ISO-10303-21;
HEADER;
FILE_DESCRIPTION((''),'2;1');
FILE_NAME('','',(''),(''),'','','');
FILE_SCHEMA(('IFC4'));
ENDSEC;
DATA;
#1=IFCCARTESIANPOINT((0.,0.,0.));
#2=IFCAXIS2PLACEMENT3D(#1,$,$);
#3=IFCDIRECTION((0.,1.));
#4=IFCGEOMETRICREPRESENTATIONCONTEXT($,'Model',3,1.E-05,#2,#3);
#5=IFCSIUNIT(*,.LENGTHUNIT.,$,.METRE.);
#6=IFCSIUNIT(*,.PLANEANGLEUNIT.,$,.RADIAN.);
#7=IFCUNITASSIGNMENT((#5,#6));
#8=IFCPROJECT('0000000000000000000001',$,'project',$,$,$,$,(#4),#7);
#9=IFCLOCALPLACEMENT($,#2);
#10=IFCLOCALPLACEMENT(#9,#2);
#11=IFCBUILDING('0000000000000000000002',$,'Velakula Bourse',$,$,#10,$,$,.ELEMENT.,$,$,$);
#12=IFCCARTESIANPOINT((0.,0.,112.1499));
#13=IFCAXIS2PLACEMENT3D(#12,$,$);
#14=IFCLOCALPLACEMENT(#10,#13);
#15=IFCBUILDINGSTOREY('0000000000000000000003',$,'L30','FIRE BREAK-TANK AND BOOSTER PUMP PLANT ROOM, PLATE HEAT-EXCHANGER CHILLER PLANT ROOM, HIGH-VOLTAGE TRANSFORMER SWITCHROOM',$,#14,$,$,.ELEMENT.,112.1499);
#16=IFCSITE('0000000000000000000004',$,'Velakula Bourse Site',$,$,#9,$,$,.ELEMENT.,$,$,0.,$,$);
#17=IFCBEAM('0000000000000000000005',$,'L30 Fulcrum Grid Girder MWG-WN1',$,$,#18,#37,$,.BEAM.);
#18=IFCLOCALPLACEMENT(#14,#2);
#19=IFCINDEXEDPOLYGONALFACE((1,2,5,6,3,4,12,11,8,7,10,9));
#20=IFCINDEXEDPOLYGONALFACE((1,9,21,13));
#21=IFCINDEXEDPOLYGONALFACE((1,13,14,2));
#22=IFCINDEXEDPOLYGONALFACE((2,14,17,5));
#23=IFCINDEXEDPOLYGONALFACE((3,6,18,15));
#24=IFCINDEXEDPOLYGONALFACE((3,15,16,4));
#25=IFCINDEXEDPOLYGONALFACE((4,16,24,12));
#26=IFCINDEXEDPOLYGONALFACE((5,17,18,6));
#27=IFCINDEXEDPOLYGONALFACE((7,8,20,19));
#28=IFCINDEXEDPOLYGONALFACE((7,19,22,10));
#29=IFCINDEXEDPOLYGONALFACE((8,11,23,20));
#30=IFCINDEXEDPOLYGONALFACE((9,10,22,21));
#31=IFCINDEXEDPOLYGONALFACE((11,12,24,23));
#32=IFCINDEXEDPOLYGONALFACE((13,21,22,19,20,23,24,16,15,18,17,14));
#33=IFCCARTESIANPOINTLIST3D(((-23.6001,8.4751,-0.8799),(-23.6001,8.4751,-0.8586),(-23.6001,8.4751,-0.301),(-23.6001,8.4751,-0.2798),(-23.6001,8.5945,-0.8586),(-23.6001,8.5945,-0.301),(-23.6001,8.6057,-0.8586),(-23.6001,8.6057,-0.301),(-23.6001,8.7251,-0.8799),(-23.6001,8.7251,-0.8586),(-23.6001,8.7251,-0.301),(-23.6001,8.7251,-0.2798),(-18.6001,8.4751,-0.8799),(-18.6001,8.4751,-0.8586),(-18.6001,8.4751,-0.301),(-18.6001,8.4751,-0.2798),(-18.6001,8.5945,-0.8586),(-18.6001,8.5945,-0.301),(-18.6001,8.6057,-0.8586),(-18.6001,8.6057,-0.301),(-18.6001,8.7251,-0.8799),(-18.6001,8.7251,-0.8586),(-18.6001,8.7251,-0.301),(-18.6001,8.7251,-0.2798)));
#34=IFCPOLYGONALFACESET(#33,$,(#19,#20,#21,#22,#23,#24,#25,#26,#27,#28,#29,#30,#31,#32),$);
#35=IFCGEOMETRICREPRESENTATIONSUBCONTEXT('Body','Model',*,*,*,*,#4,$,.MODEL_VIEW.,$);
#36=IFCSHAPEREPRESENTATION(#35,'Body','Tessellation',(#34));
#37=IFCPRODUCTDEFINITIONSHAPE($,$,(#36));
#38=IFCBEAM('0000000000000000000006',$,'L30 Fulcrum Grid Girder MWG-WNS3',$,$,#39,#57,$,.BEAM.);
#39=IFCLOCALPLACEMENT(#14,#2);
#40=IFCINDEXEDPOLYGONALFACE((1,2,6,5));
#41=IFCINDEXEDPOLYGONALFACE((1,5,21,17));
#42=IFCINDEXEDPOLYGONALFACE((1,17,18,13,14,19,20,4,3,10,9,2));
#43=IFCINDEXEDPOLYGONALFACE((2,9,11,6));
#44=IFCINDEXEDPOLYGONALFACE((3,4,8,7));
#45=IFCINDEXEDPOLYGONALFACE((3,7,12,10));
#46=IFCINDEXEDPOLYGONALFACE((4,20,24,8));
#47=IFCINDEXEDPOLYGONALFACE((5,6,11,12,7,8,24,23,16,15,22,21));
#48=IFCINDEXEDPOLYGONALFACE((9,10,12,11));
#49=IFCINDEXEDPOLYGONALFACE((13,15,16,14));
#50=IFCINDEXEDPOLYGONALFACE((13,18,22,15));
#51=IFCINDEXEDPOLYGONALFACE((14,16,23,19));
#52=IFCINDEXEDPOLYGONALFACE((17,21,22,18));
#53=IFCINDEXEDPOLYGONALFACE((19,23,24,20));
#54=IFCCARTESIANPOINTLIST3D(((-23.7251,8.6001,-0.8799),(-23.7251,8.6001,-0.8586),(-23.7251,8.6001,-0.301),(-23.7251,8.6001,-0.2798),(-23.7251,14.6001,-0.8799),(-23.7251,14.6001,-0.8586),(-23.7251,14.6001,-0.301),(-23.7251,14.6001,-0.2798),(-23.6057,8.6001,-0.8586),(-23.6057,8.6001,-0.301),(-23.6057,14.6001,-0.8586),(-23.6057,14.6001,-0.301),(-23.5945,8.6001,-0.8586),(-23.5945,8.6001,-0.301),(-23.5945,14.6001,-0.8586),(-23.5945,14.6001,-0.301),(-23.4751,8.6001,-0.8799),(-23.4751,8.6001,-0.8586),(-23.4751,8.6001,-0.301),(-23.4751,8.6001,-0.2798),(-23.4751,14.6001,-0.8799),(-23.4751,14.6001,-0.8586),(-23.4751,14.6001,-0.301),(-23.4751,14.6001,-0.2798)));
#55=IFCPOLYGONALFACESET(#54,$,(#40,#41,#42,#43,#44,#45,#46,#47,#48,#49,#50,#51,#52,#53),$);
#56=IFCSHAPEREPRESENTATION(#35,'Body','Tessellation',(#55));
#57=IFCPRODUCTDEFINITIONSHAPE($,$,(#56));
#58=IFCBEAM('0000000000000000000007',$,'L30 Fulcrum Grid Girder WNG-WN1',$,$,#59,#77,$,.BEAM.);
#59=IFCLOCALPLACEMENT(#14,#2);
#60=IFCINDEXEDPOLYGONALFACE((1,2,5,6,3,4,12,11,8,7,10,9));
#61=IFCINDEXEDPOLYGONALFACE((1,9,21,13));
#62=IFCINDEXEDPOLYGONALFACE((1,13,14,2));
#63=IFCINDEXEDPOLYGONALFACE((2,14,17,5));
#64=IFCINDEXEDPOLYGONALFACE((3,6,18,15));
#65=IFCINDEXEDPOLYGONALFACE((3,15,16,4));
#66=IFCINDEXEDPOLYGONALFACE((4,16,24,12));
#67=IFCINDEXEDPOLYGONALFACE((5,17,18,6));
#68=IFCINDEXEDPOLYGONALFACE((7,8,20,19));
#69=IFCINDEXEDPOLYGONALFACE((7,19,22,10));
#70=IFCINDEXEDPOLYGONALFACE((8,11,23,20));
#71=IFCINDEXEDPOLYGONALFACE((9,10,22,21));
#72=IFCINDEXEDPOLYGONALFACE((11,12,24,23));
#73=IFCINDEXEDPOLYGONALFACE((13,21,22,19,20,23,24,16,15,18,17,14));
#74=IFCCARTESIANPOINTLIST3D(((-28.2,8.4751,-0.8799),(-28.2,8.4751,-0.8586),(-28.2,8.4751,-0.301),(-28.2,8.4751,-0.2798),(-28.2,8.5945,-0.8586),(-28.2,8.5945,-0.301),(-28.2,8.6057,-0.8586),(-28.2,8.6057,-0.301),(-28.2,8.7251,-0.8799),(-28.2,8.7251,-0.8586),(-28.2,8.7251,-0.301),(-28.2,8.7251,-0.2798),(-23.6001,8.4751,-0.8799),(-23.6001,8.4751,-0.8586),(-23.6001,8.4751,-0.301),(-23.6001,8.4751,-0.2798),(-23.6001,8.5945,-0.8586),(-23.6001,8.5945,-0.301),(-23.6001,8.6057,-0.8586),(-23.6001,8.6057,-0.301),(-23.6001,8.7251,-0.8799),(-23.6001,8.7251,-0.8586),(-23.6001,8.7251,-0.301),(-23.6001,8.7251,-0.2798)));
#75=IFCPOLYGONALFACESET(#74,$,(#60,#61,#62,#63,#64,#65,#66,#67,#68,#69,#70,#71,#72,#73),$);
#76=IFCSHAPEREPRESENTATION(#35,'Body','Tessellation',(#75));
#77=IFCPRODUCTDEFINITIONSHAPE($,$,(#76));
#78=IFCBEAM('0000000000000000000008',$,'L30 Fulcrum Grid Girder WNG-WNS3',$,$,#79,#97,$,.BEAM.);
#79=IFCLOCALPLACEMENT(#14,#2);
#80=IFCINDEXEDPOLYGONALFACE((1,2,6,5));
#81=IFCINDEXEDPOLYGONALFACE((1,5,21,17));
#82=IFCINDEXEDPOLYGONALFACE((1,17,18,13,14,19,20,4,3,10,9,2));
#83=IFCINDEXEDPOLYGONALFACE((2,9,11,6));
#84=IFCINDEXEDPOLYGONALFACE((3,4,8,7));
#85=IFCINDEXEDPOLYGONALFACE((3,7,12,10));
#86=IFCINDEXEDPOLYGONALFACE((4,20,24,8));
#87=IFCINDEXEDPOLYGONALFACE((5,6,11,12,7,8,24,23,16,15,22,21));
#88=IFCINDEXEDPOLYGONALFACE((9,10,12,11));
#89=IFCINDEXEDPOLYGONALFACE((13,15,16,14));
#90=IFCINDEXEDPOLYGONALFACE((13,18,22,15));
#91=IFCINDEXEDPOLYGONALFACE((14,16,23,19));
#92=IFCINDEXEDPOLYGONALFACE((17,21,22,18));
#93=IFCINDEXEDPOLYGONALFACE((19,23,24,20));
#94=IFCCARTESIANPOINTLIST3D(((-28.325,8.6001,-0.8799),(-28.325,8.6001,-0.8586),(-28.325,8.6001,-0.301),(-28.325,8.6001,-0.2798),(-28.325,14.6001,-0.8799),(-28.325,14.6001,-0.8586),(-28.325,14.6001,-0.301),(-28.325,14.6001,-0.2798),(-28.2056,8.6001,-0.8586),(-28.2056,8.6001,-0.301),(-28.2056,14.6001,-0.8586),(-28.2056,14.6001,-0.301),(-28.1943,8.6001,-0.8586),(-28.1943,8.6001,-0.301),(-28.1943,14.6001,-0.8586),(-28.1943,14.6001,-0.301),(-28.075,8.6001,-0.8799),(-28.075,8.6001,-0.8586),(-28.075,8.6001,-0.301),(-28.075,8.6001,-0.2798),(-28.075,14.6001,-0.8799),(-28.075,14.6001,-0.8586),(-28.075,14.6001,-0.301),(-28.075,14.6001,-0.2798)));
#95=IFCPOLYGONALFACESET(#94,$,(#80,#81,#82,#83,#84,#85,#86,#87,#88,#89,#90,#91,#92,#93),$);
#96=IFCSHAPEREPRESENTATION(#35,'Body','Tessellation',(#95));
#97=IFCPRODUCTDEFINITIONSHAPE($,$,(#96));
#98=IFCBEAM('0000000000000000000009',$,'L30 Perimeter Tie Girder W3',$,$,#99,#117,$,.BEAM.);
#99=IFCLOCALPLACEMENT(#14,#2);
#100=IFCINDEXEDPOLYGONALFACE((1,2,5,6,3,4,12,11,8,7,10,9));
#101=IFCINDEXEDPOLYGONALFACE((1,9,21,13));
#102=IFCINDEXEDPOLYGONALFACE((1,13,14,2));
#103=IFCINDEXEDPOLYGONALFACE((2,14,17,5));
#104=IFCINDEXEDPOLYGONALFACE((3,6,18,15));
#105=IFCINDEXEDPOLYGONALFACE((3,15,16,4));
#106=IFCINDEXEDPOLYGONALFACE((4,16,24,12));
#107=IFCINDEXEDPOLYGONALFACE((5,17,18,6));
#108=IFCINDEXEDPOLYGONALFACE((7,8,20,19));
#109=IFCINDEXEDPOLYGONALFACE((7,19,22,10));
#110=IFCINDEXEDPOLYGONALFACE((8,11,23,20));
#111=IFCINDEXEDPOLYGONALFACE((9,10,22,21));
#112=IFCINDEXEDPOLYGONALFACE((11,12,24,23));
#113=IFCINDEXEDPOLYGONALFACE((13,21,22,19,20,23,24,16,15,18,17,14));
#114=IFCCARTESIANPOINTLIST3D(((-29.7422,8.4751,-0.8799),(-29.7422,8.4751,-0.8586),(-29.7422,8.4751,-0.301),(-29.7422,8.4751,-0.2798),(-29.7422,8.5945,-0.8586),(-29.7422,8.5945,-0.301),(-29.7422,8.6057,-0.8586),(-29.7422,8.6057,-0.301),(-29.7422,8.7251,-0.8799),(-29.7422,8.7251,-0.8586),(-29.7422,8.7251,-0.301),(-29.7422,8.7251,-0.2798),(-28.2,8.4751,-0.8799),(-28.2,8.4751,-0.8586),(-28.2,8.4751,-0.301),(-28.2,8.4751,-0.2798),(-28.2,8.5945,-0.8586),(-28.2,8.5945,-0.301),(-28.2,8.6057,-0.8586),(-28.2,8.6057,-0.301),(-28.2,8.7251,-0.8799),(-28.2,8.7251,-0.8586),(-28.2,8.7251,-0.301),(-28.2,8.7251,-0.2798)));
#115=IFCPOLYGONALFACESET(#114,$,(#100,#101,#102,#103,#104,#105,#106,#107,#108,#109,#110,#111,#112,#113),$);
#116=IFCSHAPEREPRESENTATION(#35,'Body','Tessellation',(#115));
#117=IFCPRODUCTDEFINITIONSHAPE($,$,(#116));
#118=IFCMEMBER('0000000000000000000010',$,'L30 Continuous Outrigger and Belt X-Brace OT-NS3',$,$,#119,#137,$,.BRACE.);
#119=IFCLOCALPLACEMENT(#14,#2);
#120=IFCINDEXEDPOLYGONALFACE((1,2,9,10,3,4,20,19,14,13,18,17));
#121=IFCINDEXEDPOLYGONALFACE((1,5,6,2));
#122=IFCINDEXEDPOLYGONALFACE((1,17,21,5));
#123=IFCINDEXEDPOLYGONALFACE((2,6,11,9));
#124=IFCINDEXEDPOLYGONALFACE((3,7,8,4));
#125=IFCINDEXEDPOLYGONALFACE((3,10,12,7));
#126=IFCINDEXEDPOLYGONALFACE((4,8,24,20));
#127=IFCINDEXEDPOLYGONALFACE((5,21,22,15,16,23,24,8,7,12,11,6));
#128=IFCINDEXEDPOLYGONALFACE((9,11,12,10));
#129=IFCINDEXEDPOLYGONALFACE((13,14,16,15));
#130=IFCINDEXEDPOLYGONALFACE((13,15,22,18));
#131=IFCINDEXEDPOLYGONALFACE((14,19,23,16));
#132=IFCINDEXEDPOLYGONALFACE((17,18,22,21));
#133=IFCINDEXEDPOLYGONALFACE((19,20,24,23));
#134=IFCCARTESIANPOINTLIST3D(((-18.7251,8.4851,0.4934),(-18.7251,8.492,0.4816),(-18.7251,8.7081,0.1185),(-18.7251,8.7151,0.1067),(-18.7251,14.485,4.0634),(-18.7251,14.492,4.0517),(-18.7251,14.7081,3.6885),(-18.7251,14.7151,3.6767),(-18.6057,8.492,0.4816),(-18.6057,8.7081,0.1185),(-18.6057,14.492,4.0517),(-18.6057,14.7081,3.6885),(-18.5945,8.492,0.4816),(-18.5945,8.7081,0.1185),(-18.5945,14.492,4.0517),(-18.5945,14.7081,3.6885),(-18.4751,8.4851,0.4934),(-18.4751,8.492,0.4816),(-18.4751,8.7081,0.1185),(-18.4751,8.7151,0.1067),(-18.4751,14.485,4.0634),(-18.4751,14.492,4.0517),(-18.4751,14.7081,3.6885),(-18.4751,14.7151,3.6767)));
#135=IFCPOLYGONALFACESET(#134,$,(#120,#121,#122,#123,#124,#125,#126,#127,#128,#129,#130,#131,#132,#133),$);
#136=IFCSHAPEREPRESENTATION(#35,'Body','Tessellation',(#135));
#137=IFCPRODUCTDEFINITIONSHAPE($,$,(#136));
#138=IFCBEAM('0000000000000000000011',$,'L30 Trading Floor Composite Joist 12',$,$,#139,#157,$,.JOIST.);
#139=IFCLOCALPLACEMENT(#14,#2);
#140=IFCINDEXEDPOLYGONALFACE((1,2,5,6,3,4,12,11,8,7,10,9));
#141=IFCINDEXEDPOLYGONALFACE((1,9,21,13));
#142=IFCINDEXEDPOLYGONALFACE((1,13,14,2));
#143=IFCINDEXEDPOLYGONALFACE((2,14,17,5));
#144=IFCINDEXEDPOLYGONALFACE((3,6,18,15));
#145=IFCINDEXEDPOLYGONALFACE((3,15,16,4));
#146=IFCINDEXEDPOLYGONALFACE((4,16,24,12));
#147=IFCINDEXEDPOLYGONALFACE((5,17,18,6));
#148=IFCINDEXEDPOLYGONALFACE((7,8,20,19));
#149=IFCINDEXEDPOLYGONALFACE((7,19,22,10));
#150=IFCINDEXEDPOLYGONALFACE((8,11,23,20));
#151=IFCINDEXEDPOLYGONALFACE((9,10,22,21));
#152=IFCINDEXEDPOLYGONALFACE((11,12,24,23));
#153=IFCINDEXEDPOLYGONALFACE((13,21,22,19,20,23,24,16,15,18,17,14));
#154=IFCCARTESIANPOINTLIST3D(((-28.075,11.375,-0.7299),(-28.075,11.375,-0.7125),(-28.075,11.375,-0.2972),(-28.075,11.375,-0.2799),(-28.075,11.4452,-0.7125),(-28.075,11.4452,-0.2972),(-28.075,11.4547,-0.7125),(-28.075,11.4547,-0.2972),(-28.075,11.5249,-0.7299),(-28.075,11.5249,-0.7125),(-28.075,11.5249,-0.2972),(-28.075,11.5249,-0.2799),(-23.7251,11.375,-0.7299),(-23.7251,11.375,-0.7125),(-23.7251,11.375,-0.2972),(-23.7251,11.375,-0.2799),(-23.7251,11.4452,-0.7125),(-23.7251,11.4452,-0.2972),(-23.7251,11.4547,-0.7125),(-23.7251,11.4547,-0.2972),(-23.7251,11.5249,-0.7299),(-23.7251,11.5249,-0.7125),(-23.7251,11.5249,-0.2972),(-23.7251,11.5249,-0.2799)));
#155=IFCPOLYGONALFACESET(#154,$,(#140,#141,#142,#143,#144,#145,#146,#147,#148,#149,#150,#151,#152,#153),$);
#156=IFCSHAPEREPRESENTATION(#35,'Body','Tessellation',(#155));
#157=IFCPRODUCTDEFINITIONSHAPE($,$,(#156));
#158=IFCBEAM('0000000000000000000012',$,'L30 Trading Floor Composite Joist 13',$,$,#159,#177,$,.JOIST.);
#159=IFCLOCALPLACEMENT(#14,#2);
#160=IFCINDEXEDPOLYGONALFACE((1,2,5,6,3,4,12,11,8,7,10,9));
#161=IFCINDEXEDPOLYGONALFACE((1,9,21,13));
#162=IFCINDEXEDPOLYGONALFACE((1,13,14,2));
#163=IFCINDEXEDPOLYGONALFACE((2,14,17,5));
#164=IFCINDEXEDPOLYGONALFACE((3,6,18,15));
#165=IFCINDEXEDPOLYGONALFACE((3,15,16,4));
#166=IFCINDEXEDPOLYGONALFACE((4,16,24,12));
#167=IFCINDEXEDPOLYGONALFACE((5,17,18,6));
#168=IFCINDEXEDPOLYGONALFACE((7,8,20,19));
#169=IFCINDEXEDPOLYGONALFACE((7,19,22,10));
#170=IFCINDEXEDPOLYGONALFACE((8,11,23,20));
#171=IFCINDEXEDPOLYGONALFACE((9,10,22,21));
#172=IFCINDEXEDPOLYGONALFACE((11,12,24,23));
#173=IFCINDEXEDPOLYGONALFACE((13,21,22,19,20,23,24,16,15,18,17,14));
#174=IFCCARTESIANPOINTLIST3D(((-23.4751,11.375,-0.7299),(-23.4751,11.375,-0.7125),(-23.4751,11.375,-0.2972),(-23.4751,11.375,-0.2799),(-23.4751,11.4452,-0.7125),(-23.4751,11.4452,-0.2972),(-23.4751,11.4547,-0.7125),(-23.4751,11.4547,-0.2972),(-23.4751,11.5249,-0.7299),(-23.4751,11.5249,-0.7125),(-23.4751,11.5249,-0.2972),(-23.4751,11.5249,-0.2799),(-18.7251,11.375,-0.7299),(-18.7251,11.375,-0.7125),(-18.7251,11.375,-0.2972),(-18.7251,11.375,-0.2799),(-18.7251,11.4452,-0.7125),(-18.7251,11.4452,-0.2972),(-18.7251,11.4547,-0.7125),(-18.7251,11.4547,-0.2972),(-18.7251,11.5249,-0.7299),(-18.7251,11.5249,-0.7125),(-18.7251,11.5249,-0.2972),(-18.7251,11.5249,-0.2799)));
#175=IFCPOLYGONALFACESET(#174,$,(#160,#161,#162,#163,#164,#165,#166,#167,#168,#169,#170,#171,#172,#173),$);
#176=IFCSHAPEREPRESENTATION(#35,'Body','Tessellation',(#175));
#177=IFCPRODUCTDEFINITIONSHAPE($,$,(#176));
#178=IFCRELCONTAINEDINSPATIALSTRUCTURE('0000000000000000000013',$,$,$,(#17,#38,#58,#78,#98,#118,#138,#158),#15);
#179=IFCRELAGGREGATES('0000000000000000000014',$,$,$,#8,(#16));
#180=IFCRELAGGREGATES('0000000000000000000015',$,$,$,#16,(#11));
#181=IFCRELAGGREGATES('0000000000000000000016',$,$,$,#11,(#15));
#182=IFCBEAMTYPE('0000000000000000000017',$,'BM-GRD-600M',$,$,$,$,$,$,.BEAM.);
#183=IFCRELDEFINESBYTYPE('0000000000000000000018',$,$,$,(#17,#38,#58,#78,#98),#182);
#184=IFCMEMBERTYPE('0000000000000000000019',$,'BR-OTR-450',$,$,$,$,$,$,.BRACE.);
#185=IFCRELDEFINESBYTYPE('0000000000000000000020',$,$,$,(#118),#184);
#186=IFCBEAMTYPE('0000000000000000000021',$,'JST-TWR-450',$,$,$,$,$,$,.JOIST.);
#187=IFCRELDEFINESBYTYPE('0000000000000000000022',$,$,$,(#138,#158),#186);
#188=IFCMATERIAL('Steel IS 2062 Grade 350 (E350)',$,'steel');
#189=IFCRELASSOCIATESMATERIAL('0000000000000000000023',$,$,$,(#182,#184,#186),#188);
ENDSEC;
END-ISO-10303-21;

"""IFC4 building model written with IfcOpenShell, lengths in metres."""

from ifc_helpers import new_model, si_unit, direction, frame, origin, origin_2d, place, context, subcontext, project, spatial, i_section, extrude, material, material_profile, profile_set, type_object, element, save


model = new_model("IFC4")

# Units and contexts
model_context = context("Model", 3, precision=1e-05, world=origin(), true_north=direction((0.0, 1.0)))
body_context = subcontext(model_context, "Body", "Model", "MODEL_VIEW")
ifc_project = project(units=[si_unit("LENGTHUNIT", "METRE"), si_unit("PLANEANGLEUNIT", "RADIAN")], contexts=[model_context])

# Site, building, storey
site_placement = place(None, origin())
site = spatial("IfcSite", under=ifc_project, at=site_placement, Name="Velakula Bourse Site", CompositionType="ELEMENT", RefElevation=0.0)
building_placement = place(site_placement, origin())
building = spatial("IfcBuilding", under=site, at=building_placement, Name="Velakula Bourse", CompositionType="ELEMENT")
storey_placement = place(building_placement, frame((0.0, 0.0, 112.1499)))
storey = spatial("IfcBuildingStorey", under=building, at=storey_placement, Name="L30", Description="FIRE BREAK-TANK AND BOOSTER PUMP PLANT ROOM, PLATE HEAT-EXCHANGER CHILLER PLANT ROOM, HIGH-VOLTAGE TRANSFORMER SWITCHROOM", CompositionType="ELEMENT", Elevation=112.1499)

# Beams
ifc_material_1 = material(Name="Steel IS 2062 Grade 350 (E350)", Category="steel")
ifc_material_profile_1 = material_profile(ifc_material_1, i_section(OverallWidth=0.25, OverallDepth=0.6001, WebThickness=0.0112, FlangeThickness=0.0212, at=origin_2d()), Name="Steel IS 2062 Grade 350 (E350)")
ifc_profile_set_1 = profile_set([ifc_material_profile_1], Name="Steel IS 2062 Grade 350 (E350)")
beam_type_1 = type_object("IfcBeamType", Name="BM-GRD-600M", PredefinedType="BEAM", material=ifc_profile_set_1)
beam_1_placement = place(storey_placement, frame((-23.6001, 8.6001, -0.5798), z_axis=(1.0, 0.0, 0.0), x_axis=(0.0, 1.0, 0.0)))
element("IfcBeam", 1, at=beam_1_placement, inside=storey, type_object=beam_type_1, Name="L30 Fulcrum Grid Girder MWG-WN1", PredefinedType="BEAM", context=body_context, shape_type="SweptSolid", body=[
    extrude(i_section(OverallWidth=0.25, OverallDepth=0.6001, WebThickness=0.0112, FlangeThickness=0.0212, at=origin_2d()), origin(), (0.0, 0.0, 1.0), 5.0),
])
beam_2_placement = place(storey_placement, frame((-23.6001, 8.6001, -0.5798), z_axis=(0.0, 1.0, 0.0), x_axis=(-1.0, 0.0, 0.0)))
element("IfcBeam", 2, at=beam_2_placement, inside=storey, type_object=beam_type_1, Name="L30 Fulcrum Grid Girder MWG-WNS3", PredefinedType="BEAM", context=body_context, shape_type="SweptSolid", body=[
    extrude(i_section(OverallWidth=0.25, OverallDepth=0.6001, WebThickness=0.0112, FlangeThickness=0.0212, at=origin_2d()), origin(), (0.0, 0.0, 1.0), 6.0),
])
beam_3_placement = place(storey_placement, frame((-28.2, 8.6001, -0.5798), z_axis=(1.0, 0.0, 0.0), x_axis=(0.0, 1.0, 0.0)))
element("IfcBeam", 3, at=beam_3_placement, inside=storey, type_object=beam_type_1, Name="L30 Fulcrum Grid Girder WNG-WN1", PredefinedType="BEAM", context=body_context, shape_type="SweptSolid", body=[
    extrude(i_section(OverallWidth=0.25, OverallDepth=0.6001, WebThickness=0.0112, FlangeThickness=0.0212, at=origin_2d()), origin(), (0.0, 0.0, 1.0), 4.5999),
])
beam_4_placement = place(storey_placement, frame((-28.2, 8.6001, -0.5798), z_axis=(0.0, 1.0, 0.0), x_axis=(-1.0, 0.0, 0.0)))
element("IfcBeam", 4, at=beam_4_placement, inside=storey, type_object=beam_type_1, Name="L30 Fulcrum Grid Girder WNG-WNS3", PredefinedType="BEAM", context=body_context, shape_type="SweptSolid", body=[
    extrude(i_section(OverallWidth=0.25, OverallDepth=0.6001, WebThickness=0.0112, FlangeThickness=0.0212, at=origin_2d()), origin(), (0.0, 0.0, 1.0), 6.0),
])
beam_5_placement = place(storey_placement, frame((-28.2, 8.6001, -0.5798), z_axis=(-1.0, 0.0, 0.0), x_axis=(0.0, -1.0, 0.0)))
element("IfcBeam", 5, at=beam_5_placement, inside=storey, type_object=beam_type_1, Name="L30 Perimeter Tie Girder W3", PredefinedType="BEAM", context=body_context, shape_type="SweptSolid", body=[
    extrude(i_section(OverallWidth=0.25, OverallDepth=0.6001, WebThickness=0.0112, FlangeThickness=0.0212, at=origin_2d()), origin(), (0.0, 0.0, 1.0), 1.5422),
])

# Member
ifc_material_profile_2 = material_profile(ifc_material_1, i_section(OverallWidth=0.25, OverallDepth=0.45, WebThickness=0.0112, FlangeThickness=0.0137, at=origin_2d()), Name="Steel IS 2062 Grade 350 (E350)")
ifc_profile_set_2 = profile_set([ifc_material_profile_2], Name="Steel IS 2062 Grade 350 (E350)")
member_type = type_object("IfcMemberType", Name="BR-OTR-450", PredefinedType="BRACE", material=ifc_profile_set_2)
member_placement = place(storey_placement, frame((-18.6001, 8.6001, 0.3), z_axis=(0.0, 0.859378, 0.51134), x_axis=(-1.0, 0.0, 0.0)))
element("IfcMember", 6, at=member_placement, inside=storey, type_object=member_type, Name="L30 Continuous Outrigger and Belt X-Brace OT-NS3", PredefinedType="BRACE", context=body_context, shape_type="SweptSolid", body=[
    extrude(i_section(OverallWidth=0.25, OverallDepth=0.45, WebThickness=0.0112, FlangeThickness=0.0137, at=origin_2d()), origin(), (0.0, 0.0, 1.0), 6.9817),
])

# Beams
ifc_material_profile_3 = material_profile(ifc_material_1, i_section(OverallWidth=0.1499, OverallDepth=0.45, WebThickness=0.0095, FlangeThickness=0.0173, at=origin_2d()), Name="Steel IS 2062 Grade 350 (E350)")
ifc_profile_set_3 = profile_set([ifc_material_profile_3], Name="Steel IS 2062 Grade 350 (E350)")
beam_type_2 = type_object("IfcBeamType", Name="JST-TWR-450", PredefinedType="JOIST", material=ifc_profile_set_3)
beam_6_placement = place(storey_placement, frame((-28.075, 11.45, -0.5049), z_axis=(1.0, 0.0, 0.0), x_axis=(0.0, 1.0, 0.0)))
element("IfcBeam", 7, at=beam_6_placement, inside=storey, type_object=beam_type_2, Name="L30 Trading Floor Composite Joist 12", PredefinedType="JOIST", context=body_context, shape_type="SweptSolid", body=[
    extrude(i_section(OverallWidth=0.1499, OverallDepth=0.45, WebThickness=0.0095, FlangeThickness=0.0173, at=origin_2d()), origin(), (0.0, 0.0, 1.0), 4.3499),
])
beam_7_placement = place(storey_placement, frame((-23.4751, 11.45, -0.5049), z_axis=(1.0, 0.0, 0.0), x_axis=(0.0, 1.0, 0.0)))
element("IfcBeam", 8, at=beam_7_placement, inside=storey, type_object=beam_type_2, Name="L30 Trading Floor Composite Joist 13", PredefinedType="JOIST", context=body_context, shape_type="SweptSolid", body=[
    extrude(i_section(OverallWidth=0.1499, OverallDepth=0.45, WebThickness=0.0095, FlangeThickness=0.0173, at=origin_2d()), origin(), (0.0, 0.0, 1.0), 4.75),
])

save(model, "model.ifc")
